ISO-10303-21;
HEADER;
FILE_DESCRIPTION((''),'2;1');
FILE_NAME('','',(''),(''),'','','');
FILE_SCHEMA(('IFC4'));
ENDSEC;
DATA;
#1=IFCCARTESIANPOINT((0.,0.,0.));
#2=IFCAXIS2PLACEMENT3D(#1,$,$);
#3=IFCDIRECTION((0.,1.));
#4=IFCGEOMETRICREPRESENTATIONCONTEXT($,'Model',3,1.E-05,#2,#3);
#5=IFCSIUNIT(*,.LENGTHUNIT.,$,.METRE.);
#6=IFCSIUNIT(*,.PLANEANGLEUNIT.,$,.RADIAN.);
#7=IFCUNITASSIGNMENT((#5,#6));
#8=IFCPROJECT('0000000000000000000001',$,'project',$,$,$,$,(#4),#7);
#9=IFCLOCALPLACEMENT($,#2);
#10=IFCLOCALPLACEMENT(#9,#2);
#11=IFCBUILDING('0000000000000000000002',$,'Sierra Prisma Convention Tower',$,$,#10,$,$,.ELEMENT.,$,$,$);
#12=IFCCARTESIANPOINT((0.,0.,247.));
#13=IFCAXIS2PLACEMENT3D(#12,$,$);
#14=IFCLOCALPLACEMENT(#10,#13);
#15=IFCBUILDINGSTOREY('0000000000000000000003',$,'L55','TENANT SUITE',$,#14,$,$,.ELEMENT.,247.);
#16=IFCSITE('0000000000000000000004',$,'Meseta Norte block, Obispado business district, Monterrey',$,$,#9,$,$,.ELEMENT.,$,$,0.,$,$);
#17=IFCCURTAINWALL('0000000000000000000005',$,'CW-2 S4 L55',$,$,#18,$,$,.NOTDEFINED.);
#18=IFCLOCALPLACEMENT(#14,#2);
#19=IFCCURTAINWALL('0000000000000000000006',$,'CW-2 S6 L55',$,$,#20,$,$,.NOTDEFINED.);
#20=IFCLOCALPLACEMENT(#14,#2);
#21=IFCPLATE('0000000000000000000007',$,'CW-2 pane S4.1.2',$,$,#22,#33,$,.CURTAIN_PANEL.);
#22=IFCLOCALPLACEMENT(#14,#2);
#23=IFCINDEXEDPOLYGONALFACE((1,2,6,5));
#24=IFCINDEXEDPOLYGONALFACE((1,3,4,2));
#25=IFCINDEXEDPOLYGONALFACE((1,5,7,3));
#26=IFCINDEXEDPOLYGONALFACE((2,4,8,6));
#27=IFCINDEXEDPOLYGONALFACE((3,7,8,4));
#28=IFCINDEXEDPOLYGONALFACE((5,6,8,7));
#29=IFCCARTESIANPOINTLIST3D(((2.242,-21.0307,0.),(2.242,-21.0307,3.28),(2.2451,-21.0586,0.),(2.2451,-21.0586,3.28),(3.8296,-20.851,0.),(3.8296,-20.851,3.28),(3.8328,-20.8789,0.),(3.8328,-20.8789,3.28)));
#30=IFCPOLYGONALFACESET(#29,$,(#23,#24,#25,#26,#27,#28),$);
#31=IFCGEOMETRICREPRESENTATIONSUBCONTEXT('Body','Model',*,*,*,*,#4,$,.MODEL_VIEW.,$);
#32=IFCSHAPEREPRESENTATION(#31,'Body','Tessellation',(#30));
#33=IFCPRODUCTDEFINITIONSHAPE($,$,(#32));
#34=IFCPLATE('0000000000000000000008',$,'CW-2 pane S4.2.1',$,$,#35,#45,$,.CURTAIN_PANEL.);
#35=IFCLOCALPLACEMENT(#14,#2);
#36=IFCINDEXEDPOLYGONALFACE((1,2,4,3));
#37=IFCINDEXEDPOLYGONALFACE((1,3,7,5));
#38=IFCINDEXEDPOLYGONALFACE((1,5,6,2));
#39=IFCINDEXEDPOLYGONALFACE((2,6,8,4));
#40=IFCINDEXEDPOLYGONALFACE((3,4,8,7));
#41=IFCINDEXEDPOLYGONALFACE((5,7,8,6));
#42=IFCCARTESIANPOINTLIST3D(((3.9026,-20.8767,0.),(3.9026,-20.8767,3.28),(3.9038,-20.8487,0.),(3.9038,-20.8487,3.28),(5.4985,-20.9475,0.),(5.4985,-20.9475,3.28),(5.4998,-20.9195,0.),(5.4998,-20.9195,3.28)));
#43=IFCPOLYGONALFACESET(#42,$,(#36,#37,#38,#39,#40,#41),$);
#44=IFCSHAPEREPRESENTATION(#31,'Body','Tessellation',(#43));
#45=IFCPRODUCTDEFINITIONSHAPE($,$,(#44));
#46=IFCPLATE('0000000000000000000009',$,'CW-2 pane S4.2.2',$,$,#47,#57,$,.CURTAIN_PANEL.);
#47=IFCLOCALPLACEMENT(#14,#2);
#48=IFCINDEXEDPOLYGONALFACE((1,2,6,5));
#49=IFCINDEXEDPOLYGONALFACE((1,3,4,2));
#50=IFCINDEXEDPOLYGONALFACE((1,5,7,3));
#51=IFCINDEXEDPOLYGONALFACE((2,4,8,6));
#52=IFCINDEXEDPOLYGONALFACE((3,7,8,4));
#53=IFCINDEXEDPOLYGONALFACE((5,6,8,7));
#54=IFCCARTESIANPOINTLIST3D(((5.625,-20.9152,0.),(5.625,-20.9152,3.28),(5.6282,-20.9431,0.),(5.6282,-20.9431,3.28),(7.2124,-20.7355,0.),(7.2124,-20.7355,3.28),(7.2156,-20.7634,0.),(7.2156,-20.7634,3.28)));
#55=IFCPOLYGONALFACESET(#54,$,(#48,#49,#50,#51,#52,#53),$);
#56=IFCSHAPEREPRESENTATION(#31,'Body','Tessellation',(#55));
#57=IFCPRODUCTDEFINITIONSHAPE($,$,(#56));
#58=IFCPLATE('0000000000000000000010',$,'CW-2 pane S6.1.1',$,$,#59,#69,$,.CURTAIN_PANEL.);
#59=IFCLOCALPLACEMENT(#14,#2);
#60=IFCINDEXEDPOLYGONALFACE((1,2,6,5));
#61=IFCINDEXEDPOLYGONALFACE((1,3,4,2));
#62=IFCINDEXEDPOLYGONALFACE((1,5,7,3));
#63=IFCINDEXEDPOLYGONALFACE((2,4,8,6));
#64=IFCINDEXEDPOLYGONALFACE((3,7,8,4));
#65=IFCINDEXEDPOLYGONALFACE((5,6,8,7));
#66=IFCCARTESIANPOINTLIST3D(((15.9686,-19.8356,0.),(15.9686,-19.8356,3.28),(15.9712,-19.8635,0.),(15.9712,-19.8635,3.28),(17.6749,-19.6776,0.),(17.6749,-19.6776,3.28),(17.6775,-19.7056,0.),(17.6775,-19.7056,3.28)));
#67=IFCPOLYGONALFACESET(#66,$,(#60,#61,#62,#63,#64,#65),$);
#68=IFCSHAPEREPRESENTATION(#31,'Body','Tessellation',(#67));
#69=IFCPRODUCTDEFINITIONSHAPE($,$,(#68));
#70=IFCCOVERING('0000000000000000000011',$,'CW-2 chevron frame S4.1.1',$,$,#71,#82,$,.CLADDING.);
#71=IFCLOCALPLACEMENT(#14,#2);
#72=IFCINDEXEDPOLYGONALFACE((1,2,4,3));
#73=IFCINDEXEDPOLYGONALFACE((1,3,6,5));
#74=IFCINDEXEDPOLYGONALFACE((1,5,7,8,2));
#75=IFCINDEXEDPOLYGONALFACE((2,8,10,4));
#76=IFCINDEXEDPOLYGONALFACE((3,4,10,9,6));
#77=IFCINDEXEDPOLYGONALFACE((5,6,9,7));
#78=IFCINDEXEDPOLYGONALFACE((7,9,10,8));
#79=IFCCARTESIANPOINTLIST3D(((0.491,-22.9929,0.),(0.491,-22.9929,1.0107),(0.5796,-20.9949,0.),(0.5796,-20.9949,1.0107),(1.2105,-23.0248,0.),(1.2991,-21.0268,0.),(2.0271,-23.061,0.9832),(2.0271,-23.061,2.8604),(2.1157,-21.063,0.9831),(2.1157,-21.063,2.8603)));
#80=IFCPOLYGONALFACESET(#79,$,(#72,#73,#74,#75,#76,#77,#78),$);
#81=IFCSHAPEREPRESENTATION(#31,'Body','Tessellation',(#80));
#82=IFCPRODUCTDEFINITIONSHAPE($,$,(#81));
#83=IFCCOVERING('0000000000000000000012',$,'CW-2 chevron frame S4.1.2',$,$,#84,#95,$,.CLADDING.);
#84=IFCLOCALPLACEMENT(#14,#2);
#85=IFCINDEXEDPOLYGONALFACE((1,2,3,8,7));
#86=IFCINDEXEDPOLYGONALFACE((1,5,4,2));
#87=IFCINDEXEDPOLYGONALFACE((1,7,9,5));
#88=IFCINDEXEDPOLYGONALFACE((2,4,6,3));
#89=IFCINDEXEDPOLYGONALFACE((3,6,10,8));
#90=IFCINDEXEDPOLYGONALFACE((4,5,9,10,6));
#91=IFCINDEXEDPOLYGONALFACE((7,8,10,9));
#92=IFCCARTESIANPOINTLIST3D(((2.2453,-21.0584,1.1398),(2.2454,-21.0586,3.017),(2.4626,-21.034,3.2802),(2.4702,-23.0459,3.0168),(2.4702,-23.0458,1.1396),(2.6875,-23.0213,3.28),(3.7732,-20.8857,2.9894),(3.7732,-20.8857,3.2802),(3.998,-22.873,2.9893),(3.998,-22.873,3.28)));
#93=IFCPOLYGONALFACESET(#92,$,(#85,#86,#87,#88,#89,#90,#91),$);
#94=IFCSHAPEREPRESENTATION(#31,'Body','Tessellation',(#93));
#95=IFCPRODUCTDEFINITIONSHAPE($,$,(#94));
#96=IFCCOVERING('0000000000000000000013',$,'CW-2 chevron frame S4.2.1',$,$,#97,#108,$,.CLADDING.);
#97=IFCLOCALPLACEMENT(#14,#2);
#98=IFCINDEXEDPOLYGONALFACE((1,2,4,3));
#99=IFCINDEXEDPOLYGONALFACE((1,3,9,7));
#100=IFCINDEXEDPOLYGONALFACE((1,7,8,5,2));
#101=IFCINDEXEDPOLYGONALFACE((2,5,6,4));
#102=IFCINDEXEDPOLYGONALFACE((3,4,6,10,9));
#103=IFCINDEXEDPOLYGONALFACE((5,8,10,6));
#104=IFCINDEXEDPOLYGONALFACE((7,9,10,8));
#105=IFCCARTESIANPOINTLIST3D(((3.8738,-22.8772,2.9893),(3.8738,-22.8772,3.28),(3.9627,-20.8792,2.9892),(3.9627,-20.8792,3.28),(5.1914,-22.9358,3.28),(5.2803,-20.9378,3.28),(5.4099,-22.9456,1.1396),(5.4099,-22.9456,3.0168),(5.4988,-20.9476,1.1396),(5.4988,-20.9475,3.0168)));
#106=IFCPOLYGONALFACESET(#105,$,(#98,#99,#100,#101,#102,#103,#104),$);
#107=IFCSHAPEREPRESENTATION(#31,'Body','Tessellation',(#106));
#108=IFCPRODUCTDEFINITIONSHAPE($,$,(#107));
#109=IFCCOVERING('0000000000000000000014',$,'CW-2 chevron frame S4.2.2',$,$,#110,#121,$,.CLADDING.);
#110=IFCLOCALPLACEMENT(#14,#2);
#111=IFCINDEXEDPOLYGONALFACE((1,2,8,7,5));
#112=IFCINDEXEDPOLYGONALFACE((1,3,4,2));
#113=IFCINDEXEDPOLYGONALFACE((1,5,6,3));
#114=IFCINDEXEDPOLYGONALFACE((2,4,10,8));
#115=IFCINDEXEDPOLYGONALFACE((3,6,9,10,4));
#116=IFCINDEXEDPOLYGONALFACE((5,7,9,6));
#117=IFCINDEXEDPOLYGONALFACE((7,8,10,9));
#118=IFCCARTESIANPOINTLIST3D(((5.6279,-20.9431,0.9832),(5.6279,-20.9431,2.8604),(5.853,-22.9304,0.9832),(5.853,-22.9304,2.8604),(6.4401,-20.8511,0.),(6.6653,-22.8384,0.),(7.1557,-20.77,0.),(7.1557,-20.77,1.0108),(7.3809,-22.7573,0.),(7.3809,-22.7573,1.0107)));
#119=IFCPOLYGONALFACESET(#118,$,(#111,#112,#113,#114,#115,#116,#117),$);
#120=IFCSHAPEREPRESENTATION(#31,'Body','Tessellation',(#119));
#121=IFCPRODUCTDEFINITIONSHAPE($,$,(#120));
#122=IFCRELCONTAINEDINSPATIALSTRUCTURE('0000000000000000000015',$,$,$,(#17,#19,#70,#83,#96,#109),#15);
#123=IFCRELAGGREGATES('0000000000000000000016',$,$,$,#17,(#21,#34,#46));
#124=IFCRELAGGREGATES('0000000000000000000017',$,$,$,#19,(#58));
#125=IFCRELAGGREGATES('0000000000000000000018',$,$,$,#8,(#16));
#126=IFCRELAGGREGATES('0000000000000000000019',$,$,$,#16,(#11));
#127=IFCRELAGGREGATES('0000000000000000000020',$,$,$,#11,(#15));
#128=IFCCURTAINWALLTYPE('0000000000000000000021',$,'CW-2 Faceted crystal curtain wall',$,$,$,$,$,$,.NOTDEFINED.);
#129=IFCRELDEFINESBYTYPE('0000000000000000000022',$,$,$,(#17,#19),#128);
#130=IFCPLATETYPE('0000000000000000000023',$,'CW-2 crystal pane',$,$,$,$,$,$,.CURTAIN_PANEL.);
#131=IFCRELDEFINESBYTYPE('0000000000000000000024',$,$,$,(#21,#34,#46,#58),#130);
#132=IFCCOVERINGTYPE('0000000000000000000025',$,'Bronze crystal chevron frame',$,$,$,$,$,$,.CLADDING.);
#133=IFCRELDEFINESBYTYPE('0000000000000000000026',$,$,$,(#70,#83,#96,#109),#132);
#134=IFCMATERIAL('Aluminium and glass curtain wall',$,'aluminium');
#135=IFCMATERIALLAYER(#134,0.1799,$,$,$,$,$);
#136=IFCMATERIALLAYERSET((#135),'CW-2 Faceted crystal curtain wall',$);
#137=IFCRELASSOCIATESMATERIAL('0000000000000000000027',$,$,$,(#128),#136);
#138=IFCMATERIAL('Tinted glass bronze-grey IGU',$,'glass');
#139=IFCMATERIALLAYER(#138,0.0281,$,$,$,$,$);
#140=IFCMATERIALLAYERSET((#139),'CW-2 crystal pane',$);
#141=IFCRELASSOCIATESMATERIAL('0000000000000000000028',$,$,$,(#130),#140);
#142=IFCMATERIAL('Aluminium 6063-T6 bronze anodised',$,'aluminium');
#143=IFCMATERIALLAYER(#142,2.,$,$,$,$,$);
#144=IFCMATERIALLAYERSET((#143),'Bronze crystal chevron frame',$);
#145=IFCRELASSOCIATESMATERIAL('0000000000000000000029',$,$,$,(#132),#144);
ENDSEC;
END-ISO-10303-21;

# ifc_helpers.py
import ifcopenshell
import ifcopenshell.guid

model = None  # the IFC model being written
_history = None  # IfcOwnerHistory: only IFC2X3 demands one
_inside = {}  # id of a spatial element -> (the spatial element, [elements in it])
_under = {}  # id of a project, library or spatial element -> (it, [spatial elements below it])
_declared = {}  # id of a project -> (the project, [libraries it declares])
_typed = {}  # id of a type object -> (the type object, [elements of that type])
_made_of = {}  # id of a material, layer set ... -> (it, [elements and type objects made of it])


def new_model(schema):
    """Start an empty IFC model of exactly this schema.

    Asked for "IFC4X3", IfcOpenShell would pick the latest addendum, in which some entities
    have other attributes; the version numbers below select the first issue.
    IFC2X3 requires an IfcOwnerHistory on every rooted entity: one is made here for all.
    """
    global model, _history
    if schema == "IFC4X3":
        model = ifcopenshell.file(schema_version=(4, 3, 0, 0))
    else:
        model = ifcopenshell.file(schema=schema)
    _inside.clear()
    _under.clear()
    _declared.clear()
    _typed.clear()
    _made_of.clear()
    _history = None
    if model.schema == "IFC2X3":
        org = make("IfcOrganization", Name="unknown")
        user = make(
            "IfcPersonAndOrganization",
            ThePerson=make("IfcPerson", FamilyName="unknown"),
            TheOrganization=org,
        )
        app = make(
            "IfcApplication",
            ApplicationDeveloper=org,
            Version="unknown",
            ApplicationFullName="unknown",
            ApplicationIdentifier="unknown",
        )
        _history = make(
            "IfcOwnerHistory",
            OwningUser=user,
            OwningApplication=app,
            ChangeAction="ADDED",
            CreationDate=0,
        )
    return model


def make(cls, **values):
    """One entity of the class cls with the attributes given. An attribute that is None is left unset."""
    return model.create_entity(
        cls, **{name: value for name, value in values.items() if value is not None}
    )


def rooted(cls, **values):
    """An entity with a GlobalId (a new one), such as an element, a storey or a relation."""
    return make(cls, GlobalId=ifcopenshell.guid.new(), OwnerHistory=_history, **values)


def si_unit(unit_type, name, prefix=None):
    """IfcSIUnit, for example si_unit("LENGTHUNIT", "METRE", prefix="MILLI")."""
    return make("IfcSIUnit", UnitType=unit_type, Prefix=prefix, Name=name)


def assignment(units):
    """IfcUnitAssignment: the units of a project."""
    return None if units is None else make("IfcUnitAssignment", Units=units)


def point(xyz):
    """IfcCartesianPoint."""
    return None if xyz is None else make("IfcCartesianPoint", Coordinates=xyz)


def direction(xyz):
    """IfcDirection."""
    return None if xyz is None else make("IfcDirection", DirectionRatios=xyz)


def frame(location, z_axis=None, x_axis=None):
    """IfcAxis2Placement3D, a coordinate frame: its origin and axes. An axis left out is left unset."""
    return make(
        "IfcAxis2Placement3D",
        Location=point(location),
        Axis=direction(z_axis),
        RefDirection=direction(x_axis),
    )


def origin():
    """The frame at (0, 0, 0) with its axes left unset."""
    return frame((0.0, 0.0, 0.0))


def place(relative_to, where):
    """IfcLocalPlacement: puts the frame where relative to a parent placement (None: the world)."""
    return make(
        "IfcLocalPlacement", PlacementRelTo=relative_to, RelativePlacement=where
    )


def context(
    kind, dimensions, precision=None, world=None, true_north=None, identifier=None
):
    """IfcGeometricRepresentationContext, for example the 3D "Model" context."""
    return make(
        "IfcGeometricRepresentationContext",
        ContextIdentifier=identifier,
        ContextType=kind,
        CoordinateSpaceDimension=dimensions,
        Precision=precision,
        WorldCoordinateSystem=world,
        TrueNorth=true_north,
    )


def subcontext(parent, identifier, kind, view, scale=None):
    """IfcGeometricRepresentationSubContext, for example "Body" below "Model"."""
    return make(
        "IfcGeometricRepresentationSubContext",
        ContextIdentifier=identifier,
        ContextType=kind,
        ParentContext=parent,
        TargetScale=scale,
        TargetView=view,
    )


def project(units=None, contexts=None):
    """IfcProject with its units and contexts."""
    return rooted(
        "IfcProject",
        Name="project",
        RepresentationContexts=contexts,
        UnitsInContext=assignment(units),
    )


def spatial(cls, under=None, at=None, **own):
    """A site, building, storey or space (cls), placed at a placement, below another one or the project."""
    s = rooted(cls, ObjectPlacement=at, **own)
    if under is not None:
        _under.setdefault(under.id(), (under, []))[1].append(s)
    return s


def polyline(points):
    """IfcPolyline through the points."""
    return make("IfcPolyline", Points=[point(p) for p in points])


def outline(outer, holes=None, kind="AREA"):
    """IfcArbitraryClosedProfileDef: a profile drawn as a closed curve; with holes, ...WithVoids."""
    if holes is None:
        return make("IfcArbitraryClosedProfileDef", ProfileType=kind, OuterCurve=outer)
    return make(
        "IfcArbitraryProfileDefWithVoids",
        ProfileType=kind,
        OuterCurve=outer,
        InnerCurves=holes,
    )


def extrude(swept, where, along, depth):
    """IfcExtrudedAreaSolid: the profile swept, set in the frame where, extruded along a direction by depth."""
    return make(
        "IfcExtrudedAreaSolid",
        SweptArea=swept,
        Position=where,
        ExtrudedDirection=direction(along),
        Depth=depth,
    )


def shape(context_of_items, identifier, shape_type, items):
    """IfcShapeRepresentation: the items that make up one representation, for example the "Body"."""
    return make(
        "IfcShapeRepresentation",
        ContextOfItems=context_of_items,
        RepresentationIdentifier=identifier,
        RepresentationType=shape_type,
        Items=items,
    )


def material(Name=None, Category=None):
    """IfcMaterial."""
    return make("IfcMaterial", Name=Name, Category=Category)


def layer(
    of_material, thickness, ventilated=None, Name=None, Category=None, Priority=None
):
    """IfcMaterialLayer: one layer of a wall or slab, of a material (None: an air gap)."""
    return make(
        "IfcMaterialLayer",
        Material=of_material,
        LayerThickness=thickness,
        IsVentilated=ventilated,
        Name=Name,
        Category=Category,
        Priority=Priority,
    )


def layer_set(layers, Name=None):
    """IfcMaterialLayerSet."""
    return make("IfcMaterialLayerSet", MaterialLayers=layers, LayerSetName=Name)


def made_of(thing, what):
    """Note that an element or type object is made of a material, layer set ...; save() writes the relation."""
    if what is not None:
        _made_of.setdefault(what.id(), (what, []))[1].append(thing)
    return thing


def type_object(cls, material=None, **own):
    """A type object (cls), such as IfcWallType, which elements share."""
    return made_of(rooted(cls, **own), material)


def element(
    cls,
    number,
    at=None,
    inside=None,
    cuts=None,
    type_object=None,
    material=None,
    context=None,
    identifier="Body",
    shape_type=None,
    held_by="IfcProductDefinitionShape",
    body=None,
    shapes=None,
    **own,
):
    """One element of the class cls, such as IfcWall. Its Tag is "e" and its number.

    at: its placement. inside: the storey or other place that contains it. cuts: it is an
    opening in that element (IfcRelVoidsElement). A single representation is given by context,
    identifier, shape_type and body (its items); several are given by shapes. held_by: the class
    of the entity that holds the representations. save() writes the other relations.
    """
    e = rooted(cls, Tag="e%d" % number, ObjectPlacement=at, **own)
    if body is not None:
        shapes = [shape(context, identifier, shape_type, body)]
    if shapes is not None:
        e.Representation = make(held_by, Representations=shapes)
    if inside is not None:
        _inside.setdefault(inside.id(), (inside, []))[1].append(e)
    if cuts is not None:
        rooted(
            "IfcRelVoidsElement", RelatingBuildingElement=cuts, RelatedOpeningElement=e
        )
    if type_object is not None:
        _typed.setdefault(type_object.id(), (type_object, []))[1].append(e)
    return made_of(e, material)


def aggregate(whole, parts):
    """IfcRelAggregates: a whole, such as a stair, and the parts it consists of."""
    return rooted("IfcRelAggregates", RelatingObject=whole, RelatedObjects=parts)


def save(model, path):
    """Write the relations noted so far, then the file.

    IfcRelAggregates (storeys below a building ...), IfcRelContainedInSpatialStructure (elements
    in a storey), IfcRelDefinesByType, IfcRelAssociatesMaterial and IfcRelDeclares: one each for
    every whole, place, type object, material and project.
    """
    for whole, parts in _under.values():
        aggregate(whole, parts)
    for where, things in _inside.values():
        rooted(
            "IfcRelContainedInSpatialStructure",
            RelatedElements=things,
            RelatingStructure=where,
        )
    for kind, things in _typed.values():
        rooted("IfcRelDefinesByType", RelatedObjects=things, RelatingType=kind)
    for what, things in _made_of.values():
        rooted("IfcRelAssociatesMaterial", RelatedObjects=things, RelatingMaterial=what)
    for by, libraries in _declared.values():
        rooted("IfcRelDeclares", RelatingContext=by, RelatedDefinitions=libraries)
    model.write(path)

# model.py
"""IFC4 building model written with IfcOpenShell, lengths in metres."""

from ifc_helpers import new_model, si_unit, direction, frame, origin, place, context, subcontext, project, spatial, polyline, outline, extrude, material, layer, layer_set, type_object, element, aggregate, save


model = new_model("IFC4")

# Units and contexts
model_context = context("Model", 3, precision=1e-05, world=origin(), true_north=direction((0.0, 1.0)))
body_context = subcontext(model_context, "Body", "Model", "MODEL_VIEW")
ifc_project = project(units=[si_unit("LENGTHUNIT", "METRE"), si_unit("PLANEANGLEUNIT", "RADIAN")], contexts=[model_context])

# Site, building, storey
site_placement = place(None, origin())
site = spatial("IfcSite", under=ifc_project, at=site_placement, Name="Meseta Norte block, Obispado business district, Monterrey", CompositionType="ELEMENT", RefElevation=0.0)
building_placement = place(site_placement, origin())
building = spatial("IfcBuilding", under=site, at=building_placement, Name="Sierra Prisma Convention Tower", CompositionType="ELEMENT")
storey_placement = place(building_placement, frame((0.0, 0.0, 247.0)))
storey = spatial("IfcBuildingStorey", under=building, at=storey_placement, Name="L55", Description="TENANT SUITE", CompositionType="ELEMENT", Elevation=247.0)

# Curtain wall
ifc_material_1 = material(Name="Aluminium and glass curtain wall", Category="aluminium")
ifc_layer_1 = layer(ifc_material_1, 0.1799)
ifc_layer_set_1 = layer_set([ifc_layer_1], Name="CW-2 Faceted crystal curtain wall")
curtain_wall_type_1 = type_object("IfcCurtainWallType", Name="CW-2 Faceted crystal curtain wall", PredefinedType="NOTDEFINED", material=ifc_layer_set_1)
curtain_wall_1_placement = place(storey_placement, origin())
curtain_wall_1 = element("IfcCurtainWall", 1, at=curtain_wall_1_placement, inside=storey, type_object=curtain_wall_type_1, Name="CW-2 S4 L55", PredefinedType="NOTDEFINED")

# Curtain wall
curtain_wall_2_placement = place(storey_placement, origin())
curtain_wall_2 = element("IfcCurtainWall", 2, at=curtain_wall_2_placement, inside=storey, type_object=curtain_wall_type_1, Name="CW-2 S6 L55", PredefinedType="NOTDEFINED")

# Plates
ifc_material_2 = material(Name="Tinted glass bronze-grey IGU", Category="glass")
ifc_layer_2 = layer(ifc_material_2, 0.0281)
ifc_layer_set_2 = layer_set([ifc_layer_2], Name="CW-2 crystal pane")
plate_type_1 = type_object("IfcPlateType", Name="CW-2 crystal pane", PredefinedType="CURTAIN_PANEL", material=ifc_layer_set_2)
plate_1_placement = place(storey_placement, frame((3.8328, -20.8789, 0.0), z_axis=(0.112461, -0.993656, 0.0), x_axis=(-0.993656, -0.112461, 0.0)))
plate_1 = element("IfcPlate", 3, at=plate_1_placement, type_object=plate_type_1, Name="CW-2 pane S4.1.2", PredefinedType="CURTAIN_PANEL", context=body_context, shape_type="SweptSolid", body=[
    extrude(outline(polyline([(0.0, 0.0), (1.5978, 0.0), (1.5978, -3.28), (0.0, -3.28), (0.0, 0.0)])), origin(), (0.0, 0.0, -1.0), 0.0281),
])
plate_2_placement = place(storey_placement, frame((3.9026, -20.8767, 0.0), z_axis=(-0.044319, -0.999017, 0.0), x_axis=(0.999017, -0.044319, 0.0)))
plate_2 = element("IfcPlate", 4, at=plate_2_placement, type_object=plate_type_1, Name="CW-2 pane S4.2.1", PredefinedType="CURTAIN_PANEL", context=body_context, shape_type="SweptSolid", body=[
    extrude(outline(polyline([(0.0, 0.0), (1.5975, 0.0), (1.5975, 3.28), (0.0, 3.28), (0.0, 0.0)])), origin(), (0.0, 0.0, -1.0), 0.0281),
])
plate_3_placement = place(storey_placement, frame((7.2156, -20.7634, 0.0), z_axis=(0.112478, -0.993654, 0.0), x_axis=(-0.993654, -0.112478, 0.0)))
plate_3 = element("IfcPlate", 5, at=plate_3_placement, type_object=plate_type_1, Name="CW-2 pane S4.2.2", PredefinedType="CURTAIN_PANEL", context=body_context, shape_type="SweptSolid", body=[
    extrude(outline(polyline([(0.0, 0.0), (1.5975, 0.0), (1.5975, -3.28), (0.0, -3.28), (0.0, 0.0)])), origin(), (0.0, 0.0, -1.0), 0.0281),
])
aggregate(curtain_wall_1, [plate_1, plate_2, plate_3])
plate_4_placement = place(storey_placement, frame((15.9712, -19.8635, 0.0), z_axis=(0.09218, -0.995742, 0.0), x_axis=(0.995742, 0.09218, 0.0)))
plate_4 = element("IfcPlate", 6, at=plate_4_placement, type_object=plate_type_1, Name="CW-2 pane S6.1.1", PredefinedType="CURTAIN_PANEL", context=body_context, shape_type="SweptSolid", body=[
    extrude(outline(polyline([(0.0, 0.0), (1.7136, 0.0), (1.7136, 3.28), (0.0, 3.28), (0.0, 0.0)])), origin(), (0.0, 0.0, -1.0), 0.0281),
])
aggregate(curtain_wall_2, [plate_4])

# Coverings
ifc_material_3 = material(Name="Aluminium 6063-T6 bronze anodised", Category="aluminium")
ifc_layer_3 = layer(ifc_material_3, 2.0)
ifc_layer_set_3 = layer_set([ifc_layer_3], Name="Bronze crystal chevron frame")
covering_type = type_object("IfcCoveringType", Name="Bronze crystal chevron frame", PredefinedType="CLADDING", material=ifc_layer_set_3)
covering_1_placement = place(storey_placement, frame((0.491, -22.9929, 0.0), z_axis=(-0.044314, -0.999018, 0.000024), x_axis=(0.999018, -0.044314, 0.0)))
element("IfcCovering", 7, at=covering_1_placement, inside=storey, type_object=covering_type, Name="CW-2 chevron frame S4.1.1", PredefinedType="CLADDING", context=body_context, shape_type="SweptSolid", body=[
    extrude(outline(polyline([(0.0, 0.0), (0.7202, 0.0), (1.5376, 0.9832), (1.5376, 2.8604), (0.0, 1.0107), (0.0, 0.0)])), origin(), (0.0, 0.0, -1.0), 2.0),
])
covering_2_placement = place(storey_placement, frame((2.4702, -23.0459, 3.0168), z_axis=(0.11243, -0.99366, -0.00007), x_axis=(-0.000008, 0.00007, -1.0)))
element("IfcCovering", 8, at=covering_2_placement, inside=storey, type_object=covering_type, Name="CW-2 chevron frame S4.1.2", PredefinedType="CLADDING", context=body_context, shape_type="SweptSolid", body=[
    extrude(outline(polyline([(0.0, 0.0), (1.8772, 0.0), (0.0276, 1.5376), (-0.2632, 1.5376), (-0.2632, 0.2187), (0.0, 0.0)])), origin(), (0.0, 0.0, -1.0), 2.0),
])
covering_3_placement = place(storey_placement, frame((3.8738, -22.8772, 3.28), z_axis=(-0.044454, -0.999011, 0.000017), x_axis=(-0.000001, -0.000017, -1.0)))
element("IfcCovering", 9, at=covering_3_placement, inside=storey, type_object=covering_type, Name="CW-2 chevron frame S4.2.1", PredefinedType="CLADDING", context=body_context, shape_type="SweptSolid", body=[
    extrude(outline(polyline([(0.0, 0.0), (0.2908, 0.0), (2.1404, 1.5377), (0.2632, 1.5377), (0.0, 1.3189), (0.0, 0.0)])), origin(), (0.0, 0.0, -1.0), 2.0),
])
covering_4_placement = place(storey_placement, frame((7.3809, -22.7573, 0.0), z_axis=(0.112572, -0.993644, -0.000005), x_axis=(0.000001, -0.000005, 1.0)))
element("IfcCovering", 10, at=covering_4_placement, inside=storey, type_object=covering_type, Name="CW-2 chevron frame S4.2.2", PredefinedType="CLADDING", context=body_context, shape_type="SweptSolid", body=[
    extrude(outline(polyline([(0.0, 0.0), (1.0107, 0.0), (2.8604, 1.5376), (0.9832, 1.5376), (0.0, 0.7202), (0.0, 0.0)])), origin(), (0.0, 0.0, -1.0), 2.0),
])

save(model, "model.ifc")
